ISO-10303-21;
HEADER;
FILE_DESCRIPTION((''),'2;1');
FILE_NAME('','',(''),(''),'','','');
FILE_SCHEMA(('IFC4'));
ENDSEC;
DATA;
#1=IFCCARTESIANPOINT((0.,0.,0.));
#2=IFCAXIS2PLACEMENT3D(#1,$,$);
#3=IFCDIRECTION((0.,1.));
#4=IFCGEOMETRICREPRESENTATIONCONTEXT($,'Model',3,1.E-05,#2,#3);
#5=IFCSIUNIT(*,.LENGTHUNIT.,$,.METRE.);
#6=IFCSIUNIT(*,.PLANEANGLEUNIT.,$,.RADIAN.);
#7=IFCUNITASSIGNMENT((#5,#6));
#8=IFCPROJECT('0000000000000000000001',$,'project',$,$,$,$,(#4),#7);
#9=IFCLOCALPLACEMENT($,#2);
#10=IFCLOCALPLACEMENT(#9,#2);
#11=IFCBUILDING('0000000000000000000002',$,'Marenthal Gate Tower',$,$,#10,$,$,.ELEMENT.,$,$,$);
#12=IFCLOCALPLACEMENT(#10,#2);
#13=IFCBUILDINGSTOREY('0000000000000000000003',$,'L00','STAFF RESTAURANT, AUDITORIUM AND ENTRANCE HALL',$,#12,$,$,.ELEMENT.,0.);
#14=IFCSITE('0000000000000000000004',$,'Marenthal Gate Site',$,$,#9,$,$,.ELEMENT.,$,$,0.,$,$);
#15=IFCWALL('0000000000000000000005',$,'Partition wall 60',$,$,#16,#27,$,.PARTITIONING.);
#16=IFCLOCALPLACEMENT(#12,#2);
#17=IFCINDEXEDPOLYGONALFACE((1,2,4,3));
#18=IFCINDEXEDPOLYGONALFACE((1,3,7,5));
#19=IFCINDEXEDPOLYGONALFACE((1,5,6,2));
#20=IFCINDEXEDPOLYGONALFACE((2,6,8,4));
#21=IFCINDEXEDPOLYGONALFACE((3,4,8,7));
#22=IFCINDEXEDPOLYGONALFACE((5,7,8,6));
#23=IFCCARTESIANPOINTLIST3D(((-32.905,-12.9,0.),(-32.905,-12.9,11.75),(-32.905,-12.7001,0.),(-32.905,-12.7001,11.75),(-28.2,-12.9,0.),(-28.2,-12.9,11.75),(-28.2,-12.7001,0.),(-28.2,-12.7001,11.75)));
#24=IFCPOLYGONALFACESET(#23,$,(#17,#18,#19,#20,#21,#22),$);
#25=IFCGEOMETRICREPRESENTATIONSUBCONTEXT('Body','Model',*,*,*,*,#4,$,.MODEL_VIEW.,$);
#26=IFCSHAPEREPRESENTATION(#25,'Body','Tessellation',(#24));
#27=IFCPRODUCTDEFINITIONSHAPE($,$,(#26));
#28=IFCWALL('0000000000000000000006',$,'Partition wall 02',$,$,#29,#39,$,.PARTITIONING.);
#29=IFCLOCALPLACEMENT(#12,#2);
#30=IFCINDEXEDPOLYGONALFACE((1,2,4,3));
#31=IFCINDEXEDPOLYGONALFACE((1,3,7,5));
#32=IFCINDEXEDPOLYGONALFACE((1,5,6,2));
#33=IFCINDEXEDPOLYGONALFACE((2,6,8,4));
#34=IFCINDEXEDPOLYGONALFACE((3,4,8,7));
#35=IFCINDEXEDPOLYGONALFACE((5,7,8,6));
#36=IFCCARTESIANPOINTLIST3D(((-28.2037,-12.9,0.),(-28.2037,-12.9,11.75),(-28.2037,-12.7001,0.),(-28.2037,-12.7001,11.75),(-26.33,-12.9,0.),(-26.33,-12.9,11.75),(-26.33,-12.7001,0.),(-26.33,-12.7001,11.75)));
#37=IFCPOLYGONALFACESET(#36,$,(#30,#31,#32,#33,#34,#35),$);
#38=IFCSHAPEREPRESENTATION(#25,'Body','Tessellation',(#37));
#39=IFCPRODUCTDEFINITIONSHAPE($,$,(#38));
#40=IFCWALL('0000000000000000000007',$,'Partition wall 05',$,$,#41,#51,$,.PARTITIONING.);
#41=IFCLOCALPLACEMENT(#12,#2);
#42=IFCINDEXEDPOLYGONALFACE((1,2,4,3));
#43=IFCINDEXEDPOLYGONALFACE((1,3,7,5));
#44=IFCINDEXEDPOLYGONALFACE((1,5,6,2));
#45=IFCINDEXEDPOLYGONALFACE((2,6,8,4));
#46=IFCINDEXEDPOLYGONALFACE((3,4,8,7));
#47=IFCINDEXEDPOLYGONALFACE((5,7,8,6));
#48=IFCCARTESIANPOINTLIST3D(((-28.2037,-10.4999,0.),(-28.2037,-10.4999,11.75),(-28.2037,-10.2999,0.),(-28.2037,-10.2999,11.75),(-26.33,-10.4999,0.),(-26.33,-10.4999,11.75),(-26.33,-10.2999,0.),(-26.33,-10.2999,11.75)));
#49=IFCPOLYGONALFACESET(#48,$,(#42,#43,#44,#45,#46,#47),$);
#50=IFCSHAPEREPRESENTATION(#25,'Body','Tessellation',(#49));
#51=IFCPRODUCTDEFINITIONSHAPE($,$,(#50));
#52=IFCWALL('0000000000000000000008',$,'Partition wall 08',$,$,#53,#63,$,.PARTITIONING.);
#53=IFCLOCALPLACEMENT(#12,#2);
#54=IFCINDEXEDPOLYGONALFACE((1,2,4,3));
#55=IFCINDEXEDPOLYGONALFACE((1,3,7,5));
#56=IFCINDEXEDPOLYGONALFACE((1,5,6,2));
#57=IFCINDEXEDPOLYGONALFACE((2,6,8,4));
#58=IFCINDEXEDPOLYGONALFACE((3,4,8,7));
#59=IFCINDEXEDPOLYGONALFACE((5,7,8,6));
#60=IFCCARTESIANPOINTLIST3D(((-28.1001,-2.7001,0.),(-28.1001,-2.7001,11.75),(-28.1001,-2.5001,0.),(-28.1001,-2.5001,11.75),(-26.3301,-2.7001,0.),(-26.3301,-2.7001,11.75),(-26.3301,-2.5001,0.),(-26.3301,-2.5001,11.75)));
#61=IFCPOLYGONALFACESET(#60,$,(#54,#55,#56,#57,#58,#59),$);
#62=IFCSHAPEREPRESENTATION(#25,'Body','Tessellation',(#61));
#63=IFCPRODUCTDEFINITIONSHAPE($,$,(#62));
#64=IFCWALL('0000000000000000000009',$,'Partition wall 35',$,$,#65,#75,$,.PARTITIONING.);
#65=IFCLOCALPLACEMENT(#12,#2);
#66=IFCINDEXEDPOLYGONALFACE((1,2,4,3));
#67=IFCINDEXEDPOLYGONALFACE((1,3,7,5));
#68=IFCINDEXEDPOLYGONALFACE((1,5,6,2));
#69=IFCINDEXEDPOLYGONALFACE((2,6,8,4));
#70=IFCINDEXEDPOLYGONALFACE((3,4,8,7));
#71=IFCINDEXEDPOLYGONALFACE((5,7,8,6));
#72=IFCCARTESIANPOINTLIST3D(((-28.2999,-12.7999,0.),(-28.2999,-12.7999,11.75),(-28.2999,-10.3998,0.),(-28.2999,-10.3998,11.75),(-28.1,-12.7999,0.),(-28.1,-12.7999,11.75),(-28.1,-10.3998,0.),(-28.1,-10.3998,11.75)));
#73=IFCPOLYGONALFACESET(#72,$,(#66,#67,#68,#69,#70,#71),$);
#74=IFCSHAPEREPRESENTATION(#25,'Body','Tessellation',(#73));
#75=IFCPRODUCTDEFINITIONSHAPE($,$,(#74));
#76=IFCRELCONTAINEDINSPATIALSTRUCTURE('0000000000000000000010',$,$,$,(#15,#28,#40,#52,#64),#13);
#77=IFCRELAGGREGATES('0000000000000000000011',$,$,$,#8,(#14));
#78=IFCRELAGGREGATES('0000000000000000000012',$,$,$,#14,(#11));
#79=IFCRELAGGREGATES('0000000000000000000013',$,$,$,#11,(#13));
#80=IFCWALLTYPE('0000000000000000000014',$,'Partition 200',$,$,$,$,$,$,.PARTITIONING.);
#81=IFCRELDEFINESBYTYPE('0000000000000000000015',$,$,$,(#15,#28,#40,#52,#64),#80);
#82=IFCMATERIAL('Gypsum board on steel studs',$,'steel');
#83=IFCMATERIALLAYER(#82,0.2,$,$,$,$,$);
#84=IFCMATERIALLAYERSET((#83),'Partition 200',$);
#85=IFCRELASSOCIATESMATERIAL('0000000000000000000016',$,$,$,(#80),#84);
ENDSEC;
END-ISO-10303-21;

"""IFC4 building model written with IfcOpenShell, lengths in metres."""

from ifc_helpers import new_model, si_unit, direction, frame, frame_2d, origin, place, context, subcontext, project, spatial, rectangle, extrude, material, layer, layer_set, type_object, element, save


model = new_model("IFC4")

# Units and contexts
model_context = context("Model", 3, precision=1e-05, world=origin(), true_north=direction((0.0, 1.0)))
body_context = subcontext(model_context, "Body", "Model", "MODEL_VIEW")
ifc_project = project(units=[si_unit("LENGTHUNIT", "METRE"), si_unit("PLANEANGLEUNIT", "RADIAN")], contexts=[model_context])

# Site, building, storey
site_placement = place(None, origin())
site = spatial("IfcSite", under=ifc_project, at=site_placement, Name="Marenthal Gate Site", CompositionType="ELEMENT", RefElevation=0.0)
building_placement = place(site_placement, origin())
building = spatial("IfcBuilding", under=site, at=building_placement, Name="Marenthal Gate Tower", CompositionType="ELEMENT")
storey_placement = place(building_placement, origin())
storey = spatial("IfcBuildingStorey", under=building, at=storey_placement, Name="L00", Description="STAFF RESTAURANT, AUDITORIUM AND ENTRANCE HALL", CompositionType="ELEMENT", Elevation=0.0)

# Walls
ifc_material_1 = material(Name="Gypsum board on steel studs", Category="steel")
ifc_layer_1 = layer(ifc_material_1, 0.2)
ifc_layer_set_1 = layer_set([ifc_layer_1], Name="Partition 200")
wall_type_1 = type_object("IfcWallType", Name="Partition 200", PredefinedType="PARTITIONING", material=ifc_layer_set_1)
wall_1_placement = place(storey_placement, frame((-32.905, -12.8, 0.0), z_axis=(0.0, 0.0, 1.0), x_axis=(1.0, 0.0, 0.0)))
element("IfcWall", 1, at=wall_1_placement, inside=storey, type_object=wall_type_1, Name="Partition wall 60", PredefinedType="PARTITIONING", context=body_context, shape_type="SweptSolid", body=[
    extrude(rectangle(XDim=4.7051, YDim=0.2, at=frame_2d((2.3525, 0.0))), origin(), (0.0, 0.0, 1.0), 11.75),
])
for number, where, z_axis, x_axis, name in (
    (2, (-28.2039, -12.8, 0.0), (0.0, 0.0, 1.0), (1.0, 0.0, 0.0), "Partition wall 02"),
    (3, (-28.2039, -10.3999, 0.0), (0.0, 0.0, 1.0), (1.0, 0.0, 0.0), "Partition wall 05"),
):
    element("IfcWall", number, at=place(storey_placement, frame(where, z_axis=z_axis, x_axis=x_axis)), inside=storey, type_object=wall_type_1, Name=name, PredefinedType="PARTITIONING", context=body_context, shape_type="SweptSolid", body=[
        extrude(rectangle(XDim=1.8738, YDim=0.2, at=frame_2d((0.937, 0.0))), origin(), (0.0, 0.0, 1.0), 11.75),
    ])
wall_2_placement = place(storey_placement, frame((-28.1001, -2.6001, 0.0), z_axis=(0.0, 0.0, 1.0), x_axis=(1.0, 0.0, 0.0)))
element("IfcWall", 4, at=wall_2_placement, inside=storey, type_object=wall_type_1, Name="Partition wall 08", PredefinedType="PARTITIONING", context=body_context, shape_type="SweptSolid", body=[
    extrude(rectangle(XDim=1.77, YDim=0.2, at=frame_2d((0.885, 0.0))), origin(), (0.0, 0.0, 1.0), 11.75),
])
wall_3_placement = place(storey_placement, frame((-28.2, -12.8, 0.0), z_axis=(0.0, 0.0, 1.0), x_axis=(0.0, 1.0, 0.0)))
element("IfcWall", 5, at=wall_3_placement, inside=storey, type_object=wall_type_1, Name="Partition wall 35", PredefinedType="PARTITIONING", context=body_context, shape_type="SweptSolid", body=[
    extrude(rectangle(XDim=2.4001, YDim=0.2, at=frame_2d((1.2002, 0.0))), origin(), (0.0, 0.0, 1.0), 11.75),
])

save(model, "model.ifc")
